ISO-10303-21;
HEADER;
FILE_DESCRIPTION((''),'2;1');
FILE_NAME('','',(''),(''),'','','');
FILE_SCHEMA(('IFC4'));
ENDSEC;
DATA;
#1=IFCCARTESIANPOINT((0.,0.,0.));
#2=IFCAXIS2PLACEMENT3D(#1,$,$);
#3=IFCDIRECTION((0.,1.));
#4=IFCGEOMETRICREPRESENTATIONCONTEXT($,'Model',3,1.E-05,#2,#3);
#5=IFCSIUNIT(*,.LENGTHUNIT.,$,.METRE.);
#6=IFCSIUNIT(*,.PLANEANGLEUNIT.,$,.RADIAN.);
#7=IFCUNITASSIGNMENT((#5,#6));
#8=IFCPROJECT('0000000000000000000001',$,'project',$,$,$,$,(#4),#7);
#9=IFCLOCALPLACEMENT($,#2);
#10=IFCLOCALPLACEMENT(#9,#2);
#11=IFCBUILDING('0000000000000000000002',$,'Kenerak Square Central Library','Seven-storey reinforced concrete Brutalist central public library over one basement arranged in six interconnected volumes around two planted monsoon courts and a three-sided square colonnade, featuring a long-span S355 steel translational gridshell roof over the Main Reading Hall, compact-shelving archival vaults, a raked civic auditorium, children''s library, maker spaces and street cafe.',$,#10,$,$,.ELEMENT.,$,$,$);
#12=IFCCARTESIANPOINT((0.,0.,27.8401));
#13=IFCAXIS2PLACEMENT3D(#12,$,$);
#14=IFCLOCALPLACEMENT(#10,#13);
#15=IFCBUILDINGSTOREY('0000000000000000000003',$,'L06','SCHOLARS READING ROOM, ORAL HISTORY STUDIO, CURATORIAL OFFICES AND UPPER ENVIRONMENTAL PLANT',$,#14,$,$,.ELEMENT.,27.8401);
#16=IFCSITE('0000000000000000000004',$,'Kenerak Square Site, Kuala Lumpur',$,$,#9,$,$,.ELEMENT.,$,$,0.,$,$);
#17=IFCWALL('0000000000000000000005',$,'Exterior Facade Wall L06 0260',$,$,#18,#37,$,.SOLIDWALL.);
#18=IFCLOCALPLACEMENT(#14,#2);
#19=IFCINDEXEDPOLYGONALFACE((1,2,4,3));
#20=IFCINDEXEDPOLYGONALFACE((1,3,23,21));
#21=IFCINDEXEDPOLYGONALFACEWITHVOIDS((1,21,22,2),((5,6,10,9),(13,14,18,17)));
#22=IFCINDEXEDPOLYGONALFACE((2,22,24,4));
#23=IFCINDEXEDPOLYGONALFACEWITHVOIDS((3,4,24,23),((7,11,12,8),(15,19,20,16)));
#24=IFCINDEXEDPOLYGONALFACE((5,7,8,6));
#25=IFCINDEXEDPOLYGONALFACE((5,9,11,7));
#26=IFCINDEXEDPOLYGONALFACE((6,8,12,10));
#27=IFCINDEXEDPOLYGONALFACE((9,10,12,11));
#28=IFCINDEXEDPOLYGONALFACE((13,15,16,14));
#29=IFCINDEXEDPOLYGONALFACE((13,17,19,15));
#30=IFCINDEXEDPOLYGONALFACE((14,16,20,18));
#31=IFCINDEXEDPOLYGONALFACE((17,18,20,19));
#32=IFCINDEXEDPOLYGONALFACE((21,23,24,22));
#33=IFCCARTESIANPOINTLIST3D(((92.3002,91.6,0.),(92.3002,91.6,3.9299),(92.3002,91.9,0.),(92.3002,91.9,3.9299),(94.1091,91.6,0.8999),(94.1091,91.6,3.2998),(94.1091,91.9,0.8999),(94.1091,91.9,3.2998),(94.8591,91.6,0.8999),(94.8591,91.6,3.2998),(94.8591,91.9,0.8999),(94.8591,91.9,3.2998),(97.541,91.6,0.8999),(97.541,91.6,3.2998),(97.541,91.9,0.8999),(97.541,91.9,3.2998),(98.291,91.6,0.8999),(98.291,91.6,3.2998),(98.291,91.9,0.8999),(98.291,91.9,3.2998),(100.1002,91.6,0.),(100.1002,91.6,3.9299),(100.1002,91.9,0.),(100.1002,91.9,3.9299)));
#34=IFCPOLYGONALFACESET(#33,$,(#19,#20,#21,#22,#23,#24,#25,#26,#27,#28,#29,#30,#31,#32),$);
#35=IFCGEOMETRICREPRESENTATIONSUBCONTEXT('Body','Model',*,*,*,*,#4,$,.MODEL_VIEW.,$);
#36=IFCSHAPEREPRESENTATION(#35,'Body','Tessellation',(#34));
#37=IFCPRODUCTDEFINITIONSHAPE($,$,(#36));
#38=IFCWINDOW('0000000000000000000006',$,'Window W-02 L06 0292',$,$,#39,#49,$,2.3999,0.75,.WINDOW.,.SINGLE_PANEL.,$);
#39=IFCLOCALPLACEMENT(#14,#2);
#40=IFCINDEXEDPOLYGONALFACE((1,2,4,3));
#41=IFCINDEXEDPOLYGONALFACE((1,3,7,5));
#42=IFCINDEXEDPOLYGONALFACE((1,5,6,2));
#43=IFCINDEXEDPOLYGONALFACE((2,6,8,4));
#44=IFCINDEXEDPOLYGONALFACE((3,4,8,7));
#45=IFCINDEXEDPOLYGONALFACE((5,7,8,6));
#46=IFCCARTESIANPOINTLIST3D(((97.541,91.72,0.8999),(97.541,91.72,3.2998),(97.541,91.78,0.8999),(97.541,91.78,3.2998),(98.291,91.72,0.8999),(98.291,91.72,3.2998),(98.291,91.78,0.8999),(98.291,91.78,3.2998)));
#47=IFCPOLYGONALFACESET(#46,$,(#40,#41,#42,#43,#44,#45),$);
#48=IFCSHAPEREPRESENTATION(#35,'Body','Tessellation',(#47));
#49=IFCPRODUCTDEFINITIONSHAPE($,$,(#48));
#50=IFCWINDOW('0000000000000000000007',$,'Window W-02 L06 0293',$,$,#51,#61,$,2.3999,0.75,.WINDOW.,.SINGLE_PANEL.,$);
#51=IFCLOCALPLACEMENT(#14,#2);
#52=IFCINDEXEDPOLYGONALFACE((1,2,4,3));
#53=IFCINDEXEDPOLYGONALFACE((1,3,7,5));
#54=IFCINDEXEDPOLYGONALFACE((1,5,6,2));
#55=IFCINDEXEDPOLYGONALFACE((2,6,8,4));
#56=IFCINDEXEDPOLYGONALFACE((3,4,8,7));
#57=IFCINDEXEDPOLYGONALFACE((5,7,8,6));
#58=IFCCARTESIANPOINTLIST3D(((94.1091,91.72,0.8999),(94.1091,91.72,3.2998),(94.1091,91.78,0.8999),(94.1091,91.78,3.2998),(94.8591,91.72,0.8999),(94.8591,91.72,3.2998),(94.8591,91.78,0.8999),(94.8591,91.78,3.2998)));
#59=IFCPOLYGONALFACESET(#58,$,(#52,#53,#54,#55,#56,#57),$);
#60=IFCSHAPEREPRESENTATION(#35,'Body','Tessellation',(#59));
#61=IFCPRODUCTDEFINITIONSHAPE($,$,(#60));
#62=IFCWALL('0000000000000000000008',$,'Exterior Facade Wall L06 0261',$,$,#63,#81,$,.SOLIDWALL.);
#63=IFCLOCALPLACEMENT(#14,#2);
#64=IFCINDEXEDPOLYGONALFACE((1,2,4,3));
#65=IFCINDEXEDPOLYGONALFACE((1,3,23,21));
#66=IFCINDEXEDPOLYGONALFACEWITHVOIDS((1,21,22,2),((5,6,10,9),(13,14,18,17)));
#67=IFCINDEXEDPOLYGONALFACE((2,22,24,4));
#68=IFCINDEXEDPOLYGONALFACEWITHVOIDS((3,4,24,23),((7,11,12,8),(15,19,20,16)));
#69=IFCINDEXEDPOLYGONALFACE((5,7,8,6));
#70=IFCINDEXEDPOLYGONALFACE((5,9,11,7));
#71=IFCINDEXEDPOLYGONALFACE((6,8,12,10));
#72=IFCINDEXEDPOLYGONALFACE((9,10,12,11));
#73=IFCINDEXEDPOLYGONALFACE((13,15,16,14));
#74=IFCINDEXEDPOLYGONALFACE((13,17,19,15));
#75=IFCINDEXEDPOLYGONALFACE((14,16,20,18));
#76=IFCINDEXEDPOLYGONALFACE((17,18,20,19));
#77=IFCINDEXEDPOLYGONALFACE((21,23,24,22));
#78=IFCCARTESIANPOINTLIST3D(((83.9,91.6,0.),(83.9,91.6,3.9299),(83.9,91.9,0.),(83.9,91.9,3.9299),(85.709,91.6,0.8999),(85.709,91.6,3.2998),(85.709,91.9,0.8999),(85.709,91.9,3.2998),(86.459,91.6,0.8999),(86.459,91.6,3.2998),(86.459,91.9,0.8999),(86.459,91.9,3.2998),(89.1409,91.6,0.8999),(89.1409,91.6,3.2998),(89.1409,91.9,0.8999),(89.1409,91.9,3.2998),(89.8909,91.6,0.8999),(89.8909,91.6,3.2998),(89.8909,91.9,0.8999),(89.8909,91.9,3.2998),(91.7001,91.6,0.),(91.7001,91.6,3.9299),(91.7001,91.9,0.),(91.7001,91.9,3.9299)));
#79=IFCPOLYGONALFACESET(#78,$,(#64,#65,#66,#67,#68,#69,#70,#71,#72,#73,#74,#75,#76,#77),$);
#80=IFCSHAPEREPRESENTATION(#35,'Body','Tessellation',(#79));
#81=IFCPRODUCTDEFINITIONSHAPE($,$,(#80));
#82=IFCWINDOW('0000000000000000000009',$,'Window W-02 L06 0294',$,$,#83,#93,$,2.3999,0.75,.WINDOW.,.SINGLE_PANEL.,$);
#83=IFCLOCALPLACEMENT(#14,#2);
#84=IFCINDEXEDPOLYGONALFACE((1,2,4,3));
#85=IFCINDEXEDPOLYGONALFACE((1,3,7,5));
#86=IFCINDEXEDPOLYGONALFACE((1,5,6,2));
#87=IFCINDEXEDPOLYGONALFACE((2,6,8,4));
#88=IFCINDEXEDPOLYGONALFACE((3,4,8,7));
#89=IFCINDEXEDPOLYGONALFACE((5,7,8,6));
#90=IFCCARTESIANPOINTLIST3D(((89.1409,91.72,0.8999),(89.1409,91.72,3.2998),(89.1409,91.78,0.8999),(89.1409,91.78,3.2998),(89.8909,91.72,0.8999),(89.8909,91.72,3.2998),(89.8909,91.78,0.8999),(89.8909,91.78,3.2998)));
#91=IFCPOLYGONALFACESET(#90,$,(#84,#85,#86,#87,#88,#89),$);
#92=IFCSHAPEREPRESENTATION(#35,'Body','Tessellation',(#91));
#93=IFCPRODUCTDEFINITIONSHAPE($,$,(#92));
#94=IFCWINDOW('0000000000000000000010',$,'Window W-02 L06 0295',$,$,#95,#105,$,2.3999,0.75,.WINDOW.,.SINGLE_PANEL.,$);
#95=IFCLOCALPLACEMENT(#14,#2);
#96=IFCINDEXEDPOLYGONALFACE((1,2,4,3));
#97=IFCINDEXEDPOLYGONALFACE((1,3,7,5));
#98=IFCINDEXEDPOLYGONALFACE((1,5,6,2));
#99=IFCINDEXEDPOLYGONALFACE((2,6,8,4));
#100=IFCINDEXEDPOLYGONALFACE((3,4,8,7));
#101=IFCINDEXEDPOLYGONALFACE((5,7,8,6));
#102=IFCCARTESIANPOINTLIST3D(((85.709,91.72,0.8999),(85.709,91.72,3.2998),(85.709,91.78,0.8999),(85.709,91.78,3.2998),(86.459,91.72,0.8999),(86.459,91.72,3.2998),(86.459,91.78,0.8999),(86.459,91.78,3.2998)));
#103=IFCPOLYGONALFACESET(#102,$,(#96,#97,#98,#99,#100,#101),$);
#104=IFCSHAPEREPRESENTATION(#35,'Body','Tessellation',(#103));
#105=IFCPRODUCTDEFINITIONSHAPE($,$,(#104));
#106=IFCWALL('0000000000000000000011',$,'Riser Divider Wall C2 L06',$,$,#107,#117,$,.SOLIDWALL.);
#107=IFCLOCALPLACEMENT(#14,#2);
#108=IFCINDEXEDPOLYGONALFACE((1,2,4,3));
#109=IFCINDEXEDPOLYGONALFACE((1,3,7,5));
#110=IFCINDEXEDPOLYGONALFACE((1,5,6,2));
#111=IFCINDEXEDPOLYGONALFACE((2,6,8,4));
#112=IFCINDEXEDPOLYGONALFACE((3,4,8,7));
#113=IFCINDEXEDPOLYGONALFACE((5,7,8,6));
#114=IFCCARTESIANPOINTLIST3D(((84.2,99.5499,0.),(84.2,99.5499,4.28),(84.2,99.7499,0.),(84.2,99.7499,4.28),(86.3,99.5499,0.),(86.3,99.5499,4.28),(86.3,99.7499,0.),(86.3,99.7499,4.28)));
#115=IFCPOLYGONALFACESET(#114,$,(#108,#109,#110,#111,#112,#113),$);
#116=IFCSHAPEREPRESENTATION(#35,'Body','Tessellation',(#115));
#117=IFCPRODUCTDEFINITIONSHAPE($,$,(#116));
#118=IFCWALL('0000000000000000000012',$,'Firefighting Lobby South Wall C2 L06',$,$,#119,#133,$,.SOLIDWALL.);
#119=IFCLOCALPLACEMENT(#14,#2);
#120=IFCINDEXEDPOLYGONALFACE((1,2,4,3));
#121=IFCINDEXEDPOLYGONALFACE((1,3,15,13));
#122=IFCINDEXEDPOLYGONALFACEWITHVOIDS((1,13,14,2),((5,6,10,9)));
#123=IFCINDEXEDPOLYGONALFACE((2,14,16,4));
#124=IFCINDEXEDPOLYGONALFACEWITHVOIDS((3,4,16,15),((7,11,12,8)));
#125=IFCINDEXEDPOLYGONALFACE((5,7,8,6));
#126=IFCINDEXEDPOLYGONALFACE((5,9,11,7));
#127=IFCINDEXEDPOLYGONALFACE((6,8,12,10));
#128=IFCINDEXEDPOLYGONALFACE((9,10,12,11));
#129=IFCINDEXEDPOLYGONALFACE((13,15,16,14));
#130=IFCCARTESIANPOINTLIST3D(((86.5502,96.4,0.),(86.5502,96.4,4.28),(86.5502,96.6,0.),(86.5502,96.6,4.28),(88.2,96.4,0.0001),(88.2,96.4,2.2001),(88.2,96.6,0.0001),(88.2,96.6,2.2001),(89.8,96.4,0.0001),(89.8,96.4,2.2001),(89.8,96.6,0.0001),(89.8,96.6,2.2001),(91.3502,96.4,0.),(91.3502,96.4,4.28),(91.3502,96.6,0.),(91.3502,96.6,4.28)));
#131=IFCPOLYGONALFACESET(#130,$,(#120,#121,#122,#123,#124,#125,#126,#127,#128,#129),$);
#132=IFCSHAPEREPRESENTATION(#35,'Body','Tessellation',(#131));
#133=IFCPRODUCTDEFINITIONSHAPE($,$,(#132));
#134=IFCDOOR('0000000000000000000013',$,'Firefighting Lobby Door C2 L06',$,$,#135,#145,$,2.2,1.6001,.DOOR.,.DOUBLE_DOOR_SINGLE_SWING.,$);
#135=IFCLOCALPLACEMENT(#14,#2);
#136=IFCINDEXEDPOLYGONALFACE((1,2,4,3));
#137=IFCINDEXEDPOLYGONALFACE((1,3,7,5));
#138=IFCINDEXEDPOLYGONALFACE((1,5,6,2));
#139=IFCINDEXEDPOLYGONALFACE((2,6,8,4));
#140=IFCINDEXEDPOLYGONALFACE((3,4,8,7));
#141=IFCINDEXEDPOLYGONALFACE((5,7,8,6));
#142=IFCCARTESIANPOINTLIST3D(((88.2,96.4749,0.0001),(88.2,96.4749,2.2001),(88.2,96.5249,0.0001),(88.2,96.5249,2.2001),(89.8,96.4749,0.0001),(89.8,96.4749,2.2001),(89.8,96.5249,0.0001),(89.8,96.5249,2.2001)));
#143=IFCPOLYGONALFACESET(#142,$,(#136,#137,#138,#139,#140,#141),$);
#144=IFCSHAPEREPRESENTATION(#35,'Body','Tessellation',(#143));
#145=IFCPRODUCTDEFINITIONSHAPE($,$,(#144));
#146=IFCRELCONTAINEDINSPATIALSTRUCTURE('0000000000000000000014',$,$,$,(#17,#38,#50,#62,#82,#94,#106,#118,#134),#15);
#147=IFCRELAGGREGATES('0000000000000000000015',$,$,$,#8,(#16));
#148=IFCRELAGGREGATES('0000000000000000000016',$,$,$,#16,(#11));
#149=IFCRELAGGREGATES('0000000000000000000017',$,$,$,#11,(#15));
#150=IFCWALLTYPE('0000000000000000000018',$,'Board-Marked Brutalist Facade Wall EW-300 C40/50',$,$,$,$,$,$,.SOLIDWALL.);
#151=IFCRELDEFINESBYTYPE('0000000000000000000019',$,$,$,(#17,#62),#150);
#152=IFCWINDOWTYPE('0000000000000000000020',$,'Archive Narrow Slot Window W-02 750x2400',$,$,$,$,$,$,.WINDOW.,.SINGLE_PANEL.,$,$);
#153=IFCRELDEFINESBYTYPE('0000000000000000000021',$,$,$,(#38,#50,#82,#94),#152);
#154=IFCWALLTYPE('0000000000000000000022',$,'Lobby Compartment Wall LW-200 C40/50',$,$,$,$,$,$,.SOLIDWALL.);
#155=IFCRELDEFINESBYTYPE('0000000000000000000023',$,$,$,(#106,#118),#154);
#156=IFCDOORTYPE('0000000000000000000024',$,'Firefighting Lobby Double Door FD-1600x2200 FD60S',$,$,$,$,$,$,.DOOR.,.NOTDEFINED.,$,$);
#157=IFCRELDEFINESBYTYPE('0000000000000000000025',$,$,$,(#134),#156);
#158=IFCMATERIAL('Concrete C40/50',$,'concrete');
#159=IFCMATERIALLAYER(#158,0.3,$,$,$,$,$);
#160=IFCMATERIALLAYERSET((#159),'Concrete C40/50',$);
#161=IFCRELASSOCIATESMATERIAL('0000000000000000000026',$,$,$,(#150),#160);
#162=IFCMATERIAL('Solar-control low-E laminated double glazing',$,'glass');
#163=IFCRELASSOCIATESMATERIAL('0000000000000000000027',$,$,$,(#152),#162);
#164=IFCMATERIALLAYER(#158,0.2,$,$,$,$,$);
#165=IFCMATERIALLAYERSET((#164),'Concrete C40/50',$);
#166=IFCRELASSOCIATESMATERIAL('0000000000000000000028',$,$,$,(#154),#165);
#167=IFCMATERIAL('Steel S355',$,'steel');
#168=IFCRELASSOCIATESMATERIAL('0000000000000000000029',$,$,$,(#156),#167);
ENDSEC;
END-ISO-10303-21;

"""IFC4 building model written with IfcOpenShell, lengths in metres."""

from ifc_helpers import new_model, si_unit, direction, frame, frame_2d, origin, place, context, subcontext, project, spatial, rectangle, extrude, material, layer, layer_set, type_object, element, fill, save


model = new_model("IFC4")

# Units and contexts
model_context = context("Model", 3, precision=1e-05, world=origin(), true_north=direction((0.0, 1.0)))
body_context = subcontext(model_context, "Body", "Model", "MODEL_VIEW")
ifc_project = project(units=[si_unit("LENGTHUNIT", "METRE"), si_unit("PLANEANGLEUNIT", "RADIAN")], contexts=[model_context])

# Site, building, storey
site_placement = place(None, origin())
site = spatial("IfcSite", under=ifc_project, at=site_placement, Name="Kenerak Square Site, Kuala Lumpur", CompositionType="ELEMENT", RefElevation=0.0)
building_placement = place(site_placement, origin())
building = spatial("IfcBuilding", under=site, at=building_placement, Name="Kenerak Square Central Library", Description="Seven-storey reinforced concrete Brutalist central public library over one basement arranged in six interconnected volumes around two planted monsoon courts and a three-sided square colonnade, featuring a long-span S355 steel translational gridshell roof over the Main Reading Hall, compact-shelving archival vaults, a raked civic auditorium, children's library, maker spaces and street cafe.", CompositionType="ELEMENT")
storey_placement = place(building_placement, frame((0.0, 0.0, 27.8401)))
storey = spatial("IfcBuildingStorey", under=building, at=storey_placement, Name="L06", Description="SCHOLARS READING ROOM, ORAL HISTORY STUDIO, CURATORIAL OFFICES AND UPPER ENVIRONMENTAL PLANT", CompositionType="ELEMENT", Elevation=27.8401)

# Shared definitions
ifc_material_1 = material(Name="Concrete C40/50", Category="concrete")

# Walls, openings, windows
ifc_layer_1 = layer(ifc_material_1, 0.3)
ifc_layer_set_1 = layer_set([ifc_layer_1], Name="Concrete C40/50")
wall_type_1 = type_object("IfcWallType", Name="Board-Marked Brutalist Facade Wall EW-300 C40/50", PredefinedType="SOLIDWALL", material=ifc_layer_set_1)
wall_1_placement = place(storey_placement, frame((100.1001, 91.75, 0.0), z_axis=(0.0, 0.0, 1.0), x_axis=(-1.0, 0.0, 0.0)))
wall_1 = element("IfcWall", 1, at=wall_1_placement, inside=storey, type_object=wall_type_1, Name="Exterior Facade Wall L06 0260", PredefinedType="SOLIDWALL", context=body_context, shape_type="SweptSolid", body=[
    extrude(rectangle(XDim=7.8, YDim=0.3, at=frame_2d((3.8999, 0.0))), origin(), (0.0, 0.0, 1.0), 3.9299),
])
opening_1_placement = place(wall_1_placement, frame((1.8091, 0.0, 0.8999)))
opening_1 = element("IfcOpeningElement", 2, at=opening_1_placement, cuts=wall_1, PredefinedType="OPENING", context=body_context, shape_type="SweptSolid", body=[
    extrude(rectangle(XDim=0.75, YDim=2.3999, at=frame_2d((0.375, 1.2))), frame((0.0, 0.1599, 0.0), z_axis=(0.0, -1.0, 0.0), x_axis=(1.0, 0.0, 0.0)), (0.0, 0.0, 1.0), 0.3201),
])
opening_2_placement = place(wall_1_placement, frame((5.241, 0.0, 0.8999)))
opening_2 = element("IfcOpeningElement", 3, at=opening_2_placement, cuts=wall_1, PredefinedType="OPENING", context=body_context, shape_type="SweptSolid", body=[
    extrude(rectangle(XDim=0.75, YDim=2.3999, at=frame_2d((0.375, 1.2))), frame((0.0, 0.1599, 0.0), z_axis=(0.0, -1.0, 0.0), x_axis=(1.0, 0.0, 0.0)), (0.0, 0.0, 1.0), 0.3201),
])
ifc_material_2 = material(Name="Solar-control low-E laminated double glazing", Category="glass")
window_type = type_object("IfcWindowType", Name="Archive Narrow Slot Window W-02 750x2400", PartitioningType="SINGLE_PANEL", PredefinedType="WINDOW", material=ifc_material_2)
window_1_placement = place(opening_1_placement, origin())
window_1 = element("IfcWindow", 4, at=window_1_placement, inside=storey, type_object=window_type, Name="Window W-02 L06 0292", OverallHeight=2.3999, OverallWidth=0.75, PartitioningType="SINGLE_PANEL", PredefinedType="WINDOW", context=body_context, shape_type="SweptSolid", body=[
    extrude(rectangle(XDim=0.75, YDim=2.3999, at=frame_2d((0.375, 1.2))), frame((0.0, 0.03, 0.0), z_axis=(0.0, -1.0, 0.0), x_axis=(1.0, 0.0, 0.0)), (0.0, 0.0, 1.0), 0.0601),
])
fill(opening_1, window_1)
window_2_placement = place(opening_2_placement, origin())
window_2 = element("IfcWindow", 5, at=window_2_placement, inside=storey, type_object=window_type, Name="Window W-02 L06 0293", OverallHeight=2.3999, OverallWidth=0.75, PartitioningType="SINGLE_PANEL", PredefinedType="WINDOW", context=body_context, shape_type="SweptSolid", body=[
    extrude(rectangle(XDim=0.75, YDim=2.3999, at=frame_2d((0.375, 1.2))), frame((0.0, 0.03, 0.0), z_axis=(0.0, -1.0, 0.0), x_axis=(1.0, 0.0, 0.0)), (0.0, 0.0, 1.0), 0.0601),
])
fill(opening_2, window_2)
wall_2_placement = place(storey_placement, frame((91.7, 91.75, 0.0), z_axis=(0.0, 0.0, 1.0), x_axis=(-1.0, 0.0, 0.0)))
wall_2 = element("IfcWall", 6, at=wall_2_placement, inside=storey, type_object=wall_type_1, Name="Exterior Facade Wall L06 0261", PredefinedType="SOLIDWALL", context=body_context, shape_type="SweptSolid", body=[
    extrude(rectangle(XDim=7.8, YDim=0.3, at=frame_2d((3.8999, 0.0))), origin(), (0.0, 0.0, 1.0), 3.9299),
])
opening_3_placement = place(wall_2_placement, frame((1.8091, 0.0, 0.8999)))
opening_3 = element("IfcOpeningElement", 7, at=opening_3_placement, cuts=wall_2, PredefinedType="OPENING", context=body_context, shape_type="SweptSolid", body=[
    extrude(rectangle(XDim=0.75, YDim=2.3999, at=frame_2d((0.375, 1.2))), frame((0.0, 0.1599, 0.0), z_axis=(0.0, -1.0, 0.0), x_axis=(1.0, 0.0, 0.0)), (0.0, 0.0, 1.0), 0.3201),
])
opening_4_placement = place(wall_2_placement, frame((5.241, 0.0, 0.8999)))
opening_4 = element("IfcOpeningElement", 8, at=opening_4_placement, cuts=wall_2, PredefinedType="OPENING", context=body_context, shape_type="SweptSolid", body=[
    extrude(rectangle(XDim=0.75, YDim=2.3999, at=frame_2d((0.375, 1.2))), frame((0.0, 0.1599, 0.0), z_axis=(0.0, -1.0, 0.0), x_axis=(1.0, 0.0, 0.0)), (0.0, 0.0, 1.0), 0.3201),
])
window_3_placement = place(opening_3_placement, origin())
window_3 = element("IfcWindow", 9, at=window_3_placement, inside=storey, type_object=window_type, Name="Window W-02 L06 0294", OverallHeight=2.3999, OverallWidth=0.75, PartitioningType="SINGLE_PANEL", PredefinedType="WINDOW", context=body_context, shape_type="SweptSolid", body=[
    extrude(rectangle(XDim=0.75, YDim=2.3999, at=frame_2d((0.375, 1.2))), frame((0.0, 0.03, 0.0), z_axis=(0.0, -1.0, 0.0), x_axis=(1.0, 0.0, 0.0)), (0.0, 0.0, 1.0), 0.0601),
])
fill(opening_3, window_3)
window_4_placement = place(opening_4_placement, origin())
window_4 = element("IfcWindow", 10, at=window_4_placement, inside=storey, type_object=window_type, Name="Window W-02 L06 0295", OverallHeight=2.3999, OverallWidth=0.75, PartitioningType="SINGLE_PANEL", PredefinedType="WINDOW", context=body_context, shape_type="SweptSolid", body=[
    extrude(rectangle(XDim=0.75, YDim=2.3999, at=frame_2d((0.375, 1.2))), frame((0.0, 0.03, 0.0), z_axis=(0.0, -1.0, 0.0), x_axis=(1.0, 0.0, 0.0)), (0.0, 0.0, 1.0), 0.0601),
])
fill(opening_4, window_4)

# Wall
ifc_layer_2 = layer(ifc_material_1, 0.2)
ifc_layer_set_2 = layer_set([ifc_layer_2], Name="Concrete C40/50")
wall_type_2 = type_object("IfcWallType", Name="Lobby Compartment Wall LW-200 C40/50", PredefinedType="SOLIDWALL", material=ifc_layer_set_2)
wall_3_placement = place(storey_placement, frame((84.2, 99.6499, 0.0), z_axis=(0.0, 0.0, 1.0), x_axis=(1.0, 0.0, 0.0)))
element("IfcWall", 11, at=wall_3_placement, inside=storey, type_object=wall_type_2, Name="Riser Divider Wall C2 L06", PredefinedType="SOLIDWALL", context=body_context, shape_type="SweptSolid", body=[
    extrude(rectangle(XDim=2.1001, YDim=0.2, at=frame_2d((1.05, 0.0))), origin(), (0.0, 0.0, 1.0), 4.28),
])

# Wall, opening, door
wall_4_placement = place(storey_placement, frame((91.3501, 96.5, 0.0), z_axis=(0.0, 0.0, 1.0), x_axis=(-1.0, 0.0, 0.0)))
wall_4 = element("IfcWall", 12, at=wall_4_placement, inside=storey, type_object=wall_type_2, Name="Firefighting Lobby South Wall C2 L06", PredefinedType="SOLIDWALL", context=body_context, shape_type="SweptSolid", body=[
    extrude(rectangle(XDim=4.8, YDim=0.2, at=frame_2d((2.3999, 0.0))), origin(), (0.0, 0.0, 1.0), 4.28),
])
opening_5_placement = place(wall_4_placement, frame((1.55, 0.0, 0.0)))
opening_5 = element("IfcOpeningElement", 13, at=opening_5_placement, cuts=wall_4, PredefinedType="OPENING", context=body_context, shape_type="SweptSolid", body=[
    extrude(rectangle(XDim=1.6001, YDim=2.2, at=frame_2d((0.8, 1.1001))), frame((0.0, 0.1099, 0.0), z_axis=(0.0, -1.0, 0.0), x_axis=(1.0, 0.0, 0.0)), (0.0, 0.0, 1.0), 0.22),
])
ifc_material_3 = material(Name="Steel S355", Category="steel")
door_type_1 = type_object("IfcDoorType", Name="Firefighting Lobby Double Door FD-1600x2200 FD60S", OperationType="NOTDEFINED", PredefinedType="DOOR", material=ifc_material_3)
door_1_placement = place(opening_5_placement, frame((1.6001, 0.0, 0.0), z_axis=(0.0, 0.0, 1.0), x_axis=(-1.0, 0.0, 0.0)))
door_1 = element("IfcDoor", 14, at=door_1_placement, inside=storey, type_object=door_type_1, Name="Firefighting Lobby Door C2 L06", OperationType="DOUBLE_DOOR_SINGLE_SWING", OverallHeight=2.2, OverallWidth=1.6001, PredefinedType="DOOR", context=body_context, shape_type="SweptSolid", body=[
    extrude(rectangle(XDim=1.6001, YDim=2.2, at=frame_2d((0.8, 1.1001))), frame((0.0, 0.0249, 0.0), z_axis=(0.0, -1.0, 0.0), x_axis=(1.0, 0.0, 0.0)), (0.0, 0.0, 1.0), 0.05),
])
fill(opening_5, door_1)

save(model, "model.ifc")
